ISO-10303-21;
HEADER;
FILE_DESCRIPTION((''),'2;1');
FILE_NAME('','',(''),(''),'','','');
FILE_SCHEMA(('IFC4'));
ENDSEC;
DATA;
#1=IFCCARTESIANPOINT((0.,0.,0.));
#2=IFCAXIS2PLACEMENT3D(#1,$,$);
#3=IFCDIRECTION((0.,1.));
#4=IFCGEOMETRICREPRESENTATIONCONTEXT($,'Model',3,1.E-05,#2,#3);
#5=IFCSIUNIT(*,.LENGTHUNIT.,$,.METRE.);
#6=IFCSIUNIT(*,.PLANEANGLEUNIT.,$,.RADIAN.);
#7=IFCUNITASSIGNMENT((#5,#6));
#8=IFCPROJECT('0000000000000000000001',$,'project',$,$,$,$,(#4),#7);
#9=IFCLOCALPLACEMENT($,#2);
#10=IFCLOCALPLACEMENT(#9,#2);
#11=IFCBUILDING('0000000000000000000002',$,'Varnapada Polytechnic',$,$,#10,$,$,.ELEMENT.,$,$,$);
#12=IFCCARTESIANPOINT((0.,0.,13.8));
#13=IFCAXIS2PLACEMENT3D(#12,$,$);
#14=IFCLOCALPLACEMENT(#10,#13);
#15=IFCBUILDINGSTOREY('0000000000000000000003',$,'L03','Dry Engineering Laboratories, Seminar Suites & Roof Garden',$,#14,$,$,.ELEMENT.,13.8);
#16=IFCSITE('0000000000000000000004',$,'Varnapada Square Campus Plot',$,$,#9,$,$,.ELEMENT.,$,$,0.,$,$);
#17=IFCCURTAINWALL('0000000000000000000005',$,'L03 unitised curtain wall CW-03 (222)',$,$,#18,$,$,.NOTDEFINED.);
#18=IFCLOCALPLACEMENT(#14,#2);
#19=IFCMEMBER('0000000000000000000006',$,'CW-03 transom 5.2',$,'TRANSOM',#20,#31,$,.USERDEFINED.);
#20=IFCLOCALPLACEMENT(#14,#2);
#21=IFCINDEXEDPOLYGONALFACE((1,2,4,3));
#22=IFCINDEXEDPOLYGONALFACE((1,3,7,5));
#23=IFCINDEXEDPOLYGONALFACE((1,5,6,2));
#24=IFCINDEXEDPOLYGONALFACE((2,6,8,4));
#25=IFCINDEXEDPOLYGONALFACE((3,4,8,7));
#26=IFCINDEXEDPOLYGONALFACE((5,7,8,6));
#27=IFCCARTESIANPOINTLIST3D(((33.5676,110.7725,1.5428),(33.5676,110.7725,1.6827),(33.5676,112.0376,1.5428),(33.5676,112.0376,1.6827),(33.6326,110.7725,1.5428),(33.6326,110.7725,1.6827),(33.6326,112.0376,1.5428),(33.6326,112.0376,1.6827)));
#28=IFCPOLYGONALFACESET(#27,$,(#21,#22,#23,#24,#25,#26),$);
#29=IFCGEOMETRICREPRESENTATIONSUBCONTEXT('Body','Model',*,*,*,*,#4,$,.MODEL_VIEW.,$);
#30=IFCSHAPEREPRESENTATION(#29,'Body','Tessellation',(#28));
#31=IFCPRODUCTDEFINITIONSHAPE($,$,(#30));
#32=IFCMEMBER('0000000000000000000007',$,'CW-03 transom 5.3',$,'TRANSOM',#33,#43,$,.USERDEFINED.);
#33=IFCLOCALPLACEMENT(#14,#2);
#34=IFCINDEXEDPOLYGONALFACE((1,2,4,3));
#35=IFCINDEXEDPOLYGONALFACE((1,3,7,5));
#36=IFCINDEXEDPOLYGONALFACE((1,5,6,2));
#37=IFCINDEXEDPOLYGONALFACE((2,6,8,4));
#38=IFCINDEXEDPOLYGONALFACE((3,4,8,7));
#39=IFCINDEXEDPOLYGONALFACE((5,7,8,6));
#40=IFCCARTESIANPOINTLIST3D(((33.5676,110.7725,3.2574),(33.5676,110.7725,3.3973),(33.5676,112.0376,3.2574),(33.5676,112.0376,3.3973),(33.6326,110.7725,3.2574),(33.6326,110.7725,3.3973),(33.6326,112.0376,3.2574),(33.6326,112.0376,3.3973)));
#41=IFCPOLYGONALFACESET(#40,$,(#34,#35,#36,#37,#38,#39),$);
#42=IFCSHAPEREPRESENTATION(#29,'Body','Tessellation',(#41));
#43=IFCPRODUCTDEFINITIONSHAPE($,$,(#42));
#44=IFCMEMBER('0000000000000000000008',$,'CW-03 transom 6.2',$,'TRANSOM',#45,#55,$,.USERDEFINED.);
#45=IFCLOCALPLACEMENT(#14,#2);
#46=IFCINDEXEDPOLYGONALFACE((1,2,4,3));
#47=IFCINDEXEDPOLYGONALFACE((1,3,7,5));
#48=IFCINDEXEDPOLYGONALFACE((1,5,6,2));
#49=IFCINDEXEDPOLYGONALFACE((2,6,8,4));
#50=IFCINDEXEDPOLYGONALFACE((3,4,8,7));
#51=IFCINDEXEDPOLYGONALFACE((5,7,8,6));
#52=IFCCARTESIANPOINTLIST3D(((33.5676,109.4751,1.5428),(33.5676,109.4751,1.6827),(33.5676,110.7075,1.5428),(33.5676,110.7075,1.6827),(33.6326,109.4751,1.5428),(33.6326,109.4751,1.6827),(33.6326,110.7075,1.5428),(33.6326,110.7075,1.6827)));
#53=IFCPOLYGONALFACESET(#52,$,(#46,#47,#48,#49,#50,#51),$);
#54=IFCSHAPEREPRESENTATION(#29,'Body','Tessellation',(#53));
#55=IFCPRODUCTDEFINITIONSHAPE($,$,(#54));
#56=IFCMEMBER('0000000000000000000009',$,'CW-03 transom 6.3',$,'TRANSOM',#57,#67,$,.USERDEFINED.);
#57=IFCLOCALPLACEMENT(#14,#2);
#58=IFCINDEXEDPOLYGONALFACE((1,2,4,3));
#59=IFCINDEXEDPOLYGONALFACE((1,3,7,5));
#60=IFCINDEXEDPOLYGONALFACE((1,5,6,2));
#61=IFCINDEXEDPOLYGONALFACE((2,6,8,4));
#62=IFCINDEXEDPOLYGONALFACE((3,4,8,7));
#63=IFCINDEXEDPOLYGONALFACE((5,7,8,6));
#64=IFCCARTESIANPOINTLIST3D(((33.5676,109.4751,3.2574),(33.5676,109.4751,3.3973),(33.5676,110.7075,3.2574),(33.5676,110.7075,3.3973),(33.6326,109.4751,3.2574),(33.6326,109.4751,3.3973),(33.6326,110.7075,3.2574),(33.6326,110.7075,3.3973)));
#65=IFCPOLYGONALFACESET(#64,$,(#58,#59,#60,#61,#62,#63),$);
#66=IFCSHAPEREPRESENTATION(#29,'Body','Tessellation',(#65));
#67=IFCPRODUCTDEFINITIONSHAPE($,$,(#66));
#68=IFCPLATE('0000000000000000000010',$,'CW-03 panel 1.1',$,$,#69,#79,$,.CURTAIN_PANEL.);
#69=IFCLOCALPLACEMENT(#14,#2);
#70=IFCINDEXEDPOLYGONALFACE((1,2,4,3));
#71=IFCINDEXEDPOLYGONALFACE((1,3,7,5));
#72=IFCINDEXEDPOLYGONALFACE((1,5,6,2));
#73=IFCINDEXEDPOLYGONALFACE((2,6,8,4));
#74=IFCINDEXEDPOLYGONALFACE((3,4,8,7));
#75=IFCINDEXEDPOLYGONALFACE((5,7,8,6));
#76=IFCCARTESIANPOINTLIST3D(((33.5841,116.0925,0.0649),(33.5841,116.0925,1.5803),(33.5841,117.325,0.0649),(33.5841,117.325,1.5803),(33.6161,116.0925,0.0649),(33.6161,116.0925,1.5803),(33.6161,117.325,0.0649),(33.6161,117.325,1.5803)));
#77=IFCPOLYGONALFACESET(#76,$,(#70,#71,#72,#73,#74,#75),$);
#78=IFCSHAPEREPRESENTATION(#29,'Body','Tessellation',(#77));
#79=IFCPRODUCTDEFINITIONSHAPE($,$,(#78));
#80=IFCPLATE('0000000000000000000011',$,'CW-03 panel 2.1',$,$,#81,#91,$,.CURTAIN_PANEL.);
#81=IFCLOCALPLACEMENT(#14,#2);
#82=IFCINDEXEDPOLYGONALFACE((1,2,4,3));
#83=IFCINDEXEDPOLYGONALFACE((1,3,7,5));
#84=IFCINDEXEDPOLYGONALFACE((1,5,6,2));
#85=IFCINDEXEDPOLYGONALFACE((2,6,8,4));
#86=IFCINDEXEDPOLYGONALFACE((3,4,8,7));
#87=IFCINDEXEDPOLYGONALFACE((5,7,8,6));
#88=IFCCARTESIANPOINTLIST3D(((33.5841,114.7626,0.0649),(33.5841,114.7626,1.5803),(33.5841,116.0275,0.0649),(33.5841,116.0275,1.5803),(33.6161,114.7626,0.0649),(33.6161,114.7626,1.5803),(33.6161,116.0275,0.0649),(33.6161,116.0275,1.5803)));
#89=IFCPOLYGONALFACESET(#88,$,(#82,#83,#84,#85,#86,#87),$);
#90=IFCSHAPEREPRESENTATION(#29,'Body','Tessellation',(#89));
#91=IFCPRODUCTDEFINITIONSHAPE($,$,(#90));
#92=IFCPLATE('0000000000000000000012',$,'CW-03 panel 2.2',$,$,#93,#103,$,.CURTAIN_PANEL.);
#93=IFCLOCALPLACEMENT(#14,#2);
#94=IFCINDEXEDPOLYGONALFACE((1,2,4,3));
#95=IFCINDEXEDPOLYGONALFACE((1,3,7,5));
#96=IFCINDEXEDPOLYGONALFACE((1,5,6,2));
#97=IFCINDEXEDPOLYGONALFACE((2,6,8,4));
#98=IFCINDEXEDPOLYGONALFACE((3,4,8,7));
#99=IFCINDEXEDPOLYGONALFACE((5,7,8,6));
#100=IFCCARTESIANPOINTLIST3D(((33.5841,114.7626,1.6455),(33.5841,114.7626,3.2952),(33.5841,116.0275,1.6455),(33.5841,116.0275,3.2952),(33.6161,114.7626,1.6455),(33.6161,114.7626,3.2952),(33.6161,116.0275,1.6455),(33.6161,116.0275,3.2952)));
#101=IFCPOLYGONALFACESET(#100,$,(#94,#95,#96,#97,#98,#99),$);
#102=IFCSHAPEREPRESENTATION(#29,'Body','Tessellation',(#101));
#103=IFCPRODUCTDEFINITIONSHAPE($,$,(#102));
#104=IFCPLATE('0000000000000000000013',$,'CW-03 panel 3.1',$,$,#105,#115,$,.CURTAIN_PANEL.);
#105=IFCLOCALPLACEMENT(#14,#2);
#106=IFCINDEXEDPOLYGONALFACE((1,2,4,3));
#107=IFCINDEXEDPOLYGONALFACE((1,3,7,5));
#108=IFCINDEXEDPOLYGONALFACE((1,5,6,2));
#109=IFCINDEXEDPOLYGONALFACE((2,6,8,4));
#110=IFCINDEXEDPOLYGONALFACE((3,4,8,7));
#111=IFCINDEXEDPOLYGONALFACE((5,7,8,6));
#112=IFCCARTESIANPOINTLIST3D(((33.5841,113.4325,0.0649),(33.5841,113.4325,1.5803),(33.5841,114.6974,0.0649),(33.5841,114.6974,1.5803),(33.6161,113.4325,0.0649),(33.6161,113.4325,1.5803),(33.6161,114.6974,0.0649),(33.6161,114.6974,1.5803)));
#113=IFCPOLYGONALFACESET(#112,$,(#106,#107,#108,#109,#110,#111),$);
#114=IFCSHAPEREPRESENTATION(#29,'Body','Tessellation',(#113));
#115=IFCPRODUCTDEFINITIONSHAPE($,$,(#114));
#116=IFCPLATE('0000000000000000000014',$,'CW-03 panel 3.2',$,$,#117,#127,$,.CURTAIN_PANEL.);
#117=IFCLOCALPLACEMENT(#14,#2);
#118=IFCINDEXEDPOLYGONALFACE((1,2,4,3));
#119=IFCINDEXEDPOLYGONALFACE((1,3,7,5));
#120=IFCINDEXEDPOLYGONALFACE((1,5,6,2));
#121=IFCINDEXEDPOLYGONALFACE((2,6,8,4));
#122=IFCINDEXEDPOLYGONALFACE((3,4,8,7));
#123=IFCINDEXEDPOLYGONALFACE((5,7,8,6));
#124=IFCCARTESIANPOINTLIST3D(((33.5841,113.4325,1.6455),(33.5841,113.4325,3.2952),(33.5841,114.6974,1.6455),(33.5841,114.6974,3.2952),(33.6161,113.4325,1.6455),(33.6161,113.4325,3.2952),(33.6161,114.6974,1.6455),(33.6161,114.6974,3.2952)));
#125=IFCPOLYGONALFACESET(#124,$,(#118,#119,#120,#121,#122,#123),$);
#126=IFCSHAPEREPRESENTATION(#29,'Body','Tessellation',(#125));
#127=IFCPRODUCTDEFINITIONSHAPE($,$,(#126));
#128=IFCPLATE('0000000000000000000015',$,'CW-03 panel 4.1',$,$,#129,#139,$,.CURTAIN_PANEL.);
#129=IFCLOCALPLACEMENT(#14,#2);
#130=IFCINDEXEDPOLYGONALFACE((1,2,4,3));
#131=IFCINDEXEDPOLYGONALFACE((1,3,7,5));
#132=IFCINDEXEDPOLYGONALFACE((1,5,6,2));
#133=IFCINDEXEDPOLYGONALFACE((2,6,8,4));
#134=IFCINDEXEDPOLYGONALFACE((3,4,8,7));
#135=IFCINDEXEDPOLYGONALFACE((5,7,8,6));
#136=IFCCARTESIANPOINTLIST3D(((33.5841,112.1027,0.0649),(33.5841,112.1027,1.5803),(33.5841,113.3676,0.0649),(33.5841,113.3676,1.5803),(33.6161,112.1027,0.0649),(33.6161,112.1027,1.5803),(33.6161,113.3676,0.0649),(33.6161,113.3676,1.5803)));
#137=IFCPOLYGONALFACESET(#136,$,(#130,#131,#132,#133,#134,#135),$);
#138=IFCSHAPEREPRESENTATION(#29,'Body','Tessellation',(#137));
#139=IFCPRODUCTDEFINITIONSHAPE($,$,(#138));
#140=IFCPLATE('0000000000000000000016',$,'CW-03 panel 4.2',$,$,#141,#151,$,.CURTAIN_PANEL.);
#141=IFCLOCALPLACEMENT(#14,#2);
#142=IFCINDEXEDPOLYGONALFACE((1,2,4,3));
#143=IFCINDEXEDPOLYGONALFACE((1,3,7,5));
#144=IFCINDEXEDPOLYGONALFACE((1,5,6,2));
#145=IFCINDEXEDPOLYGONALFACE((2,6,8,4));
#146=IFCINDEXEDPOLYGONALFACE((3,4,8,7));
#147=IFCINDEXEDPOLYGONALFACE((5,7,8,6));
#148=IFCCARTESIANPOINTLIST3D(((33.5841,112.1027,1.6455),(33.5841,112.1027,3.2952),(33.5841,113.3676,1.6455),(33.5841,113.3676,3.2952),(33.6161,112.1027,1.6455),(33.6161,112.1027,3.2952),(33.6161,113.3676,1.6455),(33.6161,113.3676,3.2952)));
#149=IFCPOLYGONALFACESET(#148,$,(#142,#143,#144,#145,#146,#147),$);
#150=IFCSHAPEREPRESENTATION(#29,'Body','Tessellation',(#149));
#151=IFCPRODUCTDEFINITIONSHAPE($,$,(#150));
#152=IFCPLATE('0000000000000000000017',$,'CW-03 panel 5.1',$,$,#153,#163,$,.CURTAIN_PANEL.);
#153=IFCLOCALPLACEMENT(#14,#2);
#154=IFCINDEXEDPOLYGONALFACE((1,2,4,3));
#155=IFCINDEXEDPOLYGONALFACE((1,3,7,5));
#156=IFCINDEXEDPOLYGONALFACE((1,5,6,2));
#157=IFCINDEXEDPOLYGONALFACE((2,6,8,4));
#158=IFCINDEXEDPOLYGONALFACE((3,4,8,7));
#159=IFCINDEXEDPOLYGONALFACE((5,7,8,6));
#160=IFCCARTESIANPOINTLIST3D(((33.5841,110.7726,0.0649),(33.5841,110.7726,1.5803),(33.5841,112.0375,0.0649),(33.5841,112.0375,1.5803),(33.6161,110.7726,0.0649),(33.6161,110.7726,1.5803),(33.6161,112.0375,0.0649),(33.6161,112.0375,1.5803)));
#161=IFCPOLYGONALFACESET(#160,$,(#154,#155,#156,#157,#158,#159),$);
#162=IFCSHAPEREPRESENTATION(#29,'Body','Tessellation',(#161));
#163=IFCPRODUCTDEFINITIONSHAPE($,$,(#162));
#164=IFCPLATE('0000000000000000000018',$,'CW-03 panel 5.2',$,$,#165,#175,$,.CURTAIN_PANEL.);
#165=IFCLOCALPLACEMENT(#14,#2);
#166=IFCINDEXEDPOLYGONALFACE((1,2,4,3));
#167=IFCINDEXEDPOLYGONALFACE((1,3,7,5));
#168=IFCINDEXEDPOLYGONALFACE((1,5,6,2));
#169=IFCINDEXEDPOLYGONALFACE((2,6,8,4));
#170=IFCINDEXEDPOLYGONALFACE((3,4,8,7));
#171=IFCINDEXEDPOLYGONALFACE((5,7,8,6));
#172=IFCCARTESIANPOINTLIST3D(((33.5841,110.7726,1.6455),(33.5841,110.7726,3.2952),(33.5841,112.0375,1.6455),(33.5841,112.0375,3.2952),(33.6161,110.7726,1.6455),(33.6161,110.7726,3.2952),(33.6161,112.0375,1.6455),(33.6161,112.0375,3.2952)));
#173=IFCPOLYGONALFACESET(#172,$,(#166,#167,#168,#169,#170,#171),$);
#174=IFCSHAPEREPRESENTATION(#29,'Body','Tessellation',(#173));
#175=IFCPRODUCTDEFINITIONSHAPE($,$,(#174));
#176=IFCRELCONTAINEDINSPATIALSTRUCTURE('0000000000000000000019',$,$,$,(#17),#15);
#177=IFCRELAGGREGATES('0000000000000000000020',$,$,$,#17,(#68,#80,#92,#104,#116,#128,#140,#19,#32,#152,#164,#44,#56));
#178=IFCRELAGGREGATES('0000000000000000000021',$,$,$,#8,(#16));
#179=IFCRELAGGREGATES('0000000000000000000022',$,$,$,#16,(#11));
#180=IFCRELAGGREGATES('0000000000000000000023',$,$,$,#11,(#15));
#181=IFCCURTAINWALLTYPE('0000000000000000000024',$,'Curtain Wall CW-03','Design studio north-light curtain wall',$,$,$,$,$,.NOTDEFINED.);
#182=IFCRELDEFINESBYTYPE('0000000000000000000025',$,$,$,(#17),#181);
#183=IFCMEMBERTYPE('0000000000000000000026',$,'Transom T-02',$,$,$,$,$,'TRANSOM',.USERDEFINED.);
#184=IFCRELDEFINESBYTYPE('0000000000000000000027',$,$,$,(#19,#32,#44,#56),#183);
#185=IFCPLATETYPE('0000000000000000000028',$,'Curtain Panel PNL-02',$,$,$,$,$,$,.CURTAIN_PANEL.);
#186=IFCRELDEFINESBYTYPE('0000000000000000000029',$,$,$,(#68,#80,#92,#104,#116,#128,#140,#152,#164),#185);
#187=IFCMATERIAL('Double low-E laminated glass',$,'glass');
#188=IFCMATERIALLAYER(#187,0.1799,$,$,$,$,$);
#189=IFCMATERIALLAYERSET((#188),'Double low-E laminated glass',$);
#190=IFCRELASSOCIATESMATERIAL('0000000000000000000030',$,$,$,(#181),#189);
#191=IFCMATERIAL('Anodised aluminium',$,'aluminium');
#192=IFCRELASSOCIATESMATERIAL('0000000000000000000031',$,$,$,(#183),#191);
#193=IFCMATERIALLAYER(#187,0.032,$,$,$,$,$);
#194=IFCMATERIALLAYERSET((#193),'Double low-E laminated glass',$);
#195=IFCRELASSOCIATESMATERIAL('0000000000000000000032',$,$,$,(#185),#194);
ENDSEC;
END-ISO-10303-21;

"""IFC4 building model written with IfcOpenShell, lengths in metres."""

from ifc_helpers import new_model, si_unit, direction, frame, origin, origin_2d, place, context, subcontext, project, spatial, rectangle, extrude, material, layer, layer_set, material_profile, profile_set, type_object, element, aggregate, save


model = new_model("IFC4")

# Units and contexts
model_context = context("Model", 3, precision=1e-05, world=origin(), true_north=direction((0.0, 1.0)))
body_context = subcontext(model_context, "Body", "Model", "MODEL_VIEW")
ifc_project = project(units=[si_unit("LENGTHUNIT", "METRE"), si_unit("PLANEANGLEUNIT", "RADIAN")], contexts=[model_context])

# Site, building, storey
site_placement = place(None, origin())
site = spatial("IfcSite", under=ifc_project, at=site_placement, Name="Varnapada Square Campus Plot", CompositionType="ELEMENT", RefElevation=0.0)
building_placement = place(site_placement, origin())
building = spatial("IfcBuilding", under=site, at=building_placement, Name="Varnapada Polytechnic", CompositionType="ELEMENT")
storey_placement = place(building_placement, frame((0.0, 0.0, 13.8)))
storey = spatial("IfcBuildingStorey", under=building, at=storey_placement, Name="L03", Description="Dry Engineering Laboratories, Seminar Suites & Roof Garden", CompositionType="ELEMENT", Elevation=13.8)

# Curtain wall, members, plates
ifc_material_1 = material(Name="Double low-E laminated glass", Category="glass")
ifc_layer_1 = layer(ifc_material_1, 0.1799)
ifc_layer_set_1 = layer_set([ifc_layer_1], Name="Double low-E laminated glass")
curtain_wall_type = type_object("IfcCurtainWallType", Name="Curtain Wall CW-03", Description="Design studio north-light curtain wall", PredefinedType="NOTDEFINED", material=ifc_layer_set_1)
curtain_wall_placement = place(storey_placement, origin())
curtain_wall = element("IfcCurtainWall", 1, at=curtain_wall_placement, inside=storey, type_object=curtain_wall_type, Name="L03 unitised curtain wall CW-03 (222)", PredefinedType="NOTDEFINED")
ifc_material_2 = material(Name="Anodised aluminium", Category="aluminium")
ifc_material_profile_1 = material_profile(ifc_material_2, rectangle(XDim=0.0649, YDim=0.1399, at=origin_2d()), Name="ALU T65x140")
ifc_profile_set_1 = profile_set([ifc_material_profile_1], Name="Anodised aluminium")
member_type_1 = type_object("IfcMemberType", Name="Transom T-02", ElementType="TRANSOM", PredefinedType="USERDEFINED", material=ifc_profile_set_1)
member_1_placement = place(storey_placement, frame((33.6001, 112.0376, 1.6128), z_axis=(0.0, -1.0, 0.0), x_axis=(1.0, 0.0, 0.0)))
member_1 = element("IfcMember", 2, at=member_1_placement, type_object=member_type_1, Name="CW-03 transom 5.2", ObjectType="TRANSOM", PredefinedType="USERDEFINED", context=body_context, shape_type="SweptSolid", body=[
    extrude(rectangle(XDim=0.0649, YDim=0.1399, at=origin_2d()), origin(), (0.0, 0.0, 1.0), 1.2651),
])
member_2_placement = place(storey_placement, frame((33.6001, 112.0376, 3.3274), z_axis=(0.0, -1.0, 0.0), x_axis=(1.0, 0.0, 0.0)))
member_2 = element("IfcMember", 3, at=member_2_placement, type_object=member_type_1, Name="CW-03 transom 5.3", ObjectType="TRANSOM", PredefinedType="USERDEFINED", context=body_context, shape_type="SweptSolid", body=[
    extrude(rectangle(XDim=0.0649, YDim=0.1399, at=origin_2d()), origin(), (0.0, 0.0, 1.0), 1.2651),
])
member_3_placement = place(storey_placement, frame((33.6001, 110.7075, 1.6128), z_axis=(0.0, -1.0, 0.0), x_axis=(1.0, 0.0, 0.0)))
member_3 = element("IfcMember", 4, at=member_3_placement, type_object=member_type_1, Name="CW-03 transom 6.2", ObjectType="TRANSOM", PredefinedType="USERDEFINED", context=body_context, shape_type="SweptSolid", body=[
    extrude(rectangle(XDim=0.0649, YDim=0.1399, at=origin_2d()), origin(), (0.0, 0.0, 1.0), 1.2324),
])
member_4_placement = place(storey_placement, frame((33.6001, 110.7075, 3.3274), z_axis=(0.0, -1.0, 0.0), x_axis=(1.0, 0.0, 0.0)))
member_4 = element("IfcMember", 5, at=member_4_placement, type_object=member_type_1, Name="CW-03 transom 6.3", ObjectType="TRANSOM", PredefinedType="USERDEFINED", context=body_context, shape_type="SweptSolid", body=[
    extrude(rectangle(XDim=0.0649, YDim=0.1399, at=origin_2d()), origin(), (0.0, 0.0, 1.0), 1.2324),
])
ifc_layer_2 = layer(ifc_material_1, 0.032)
ifc_layer_set_2 = layer_set([ifc_layer_2], Name="Double low-E laminated glass")
plate_type = type_object("IfcPlateType", Name="Curtain Panel PNL-02", PredefinedType="CURTAIN_PANEL", material=ifc_layer_set_2)
plate_1_placement = place(storey_placement, frame((33.6001, 116.7087, 0.0649), z_axis=(0.0, 0.0, 1.0), x_axis=(0.0, -1.0, 0.0)))
plate_1 = element("IfcPlate", 6, at=plate_1_placement, type_object=plate_type, Name="CW-03 panel 1.1", PredefinedType="CURTAIN_PANEL", context=body_context, shape_type="SweptSolid", body=[
    extrude(rectangle(XDim=1.2324, YDim=0.032, at=origin_2d()), origin(), (0.0, 0.0, 1.0), 1.5154),
])
plate_2_placement = place(storey_placement, frame((33.6001, 115.395, 0.0649), z_axis=(0.0, 0.0, 1.0), x_axis=(0.0, -1.0, 0.0)))
plate_2 = element("IfcPlate", 7, at=plate_2_placement, type_object=plate_type, Name="CW-03 panel 2.1", PredefinedType="CURTAIN_PANEL", context=body_context, shape_type="SweptSolid", body=[
    extrude(rectangle(XDim=1.2649, YDim=0.032, at=origin_2d()), origin(), (0.0, 0.0, 1.0), 1.5154),
])
plate_3_placement = place(storey_placement, frame((33.6001, 115.395, 1.6455), z_axis=(0.0, 0.0, 1.0), x_axis=(0.0, -1.0, 0.0)))
plate_3 = element("IfcPlate", 8, at=plate_3_placement, type_object=plate_type, Name="CW-03 panel 2.2", PredefinedType="CURTAIN_PANEL", context=body_context, shape_type="SweptSolid", body=[
    extrude(rectangle(XDim=1.2649, YDim=0.032, at=origin_2d()), origin(), (0.0, 0.0, 1.0), 1.6497),
])
plate_4_placement = place(storey_placement, frame((33.6001, 114.0649, 0.0649), z_axis=(0.0, 0.0, 1.0), x_axis=(0.0, -1.0, 0.0)))
plate_4 = element("IfcPlate", 9, at=plate_4_placement, type_object=plate_type, Name="CW-03 panel 3.1", PredefinedType="CURTAIN_PANEL", context=body_context, shape_type="SweptSolid", body=[
    extrude(rectangle(XDim=1.2649, YDim=0.032, at=origin_2d()), origin(), (0.0, 0.0, 1.0), 1.5154),
])
plate_5_placement = place(storey_placement, frame((33.6001, 114.0649, 1.6455), z_axis=(0.0, 0.0, 1.0), x_axis=(0.0, -1.0, 0.0)))
plate_5 = element("IfcPlate", 10, at=plate_5_placement, type_object=plate_type, Name="CW-03 panel 3.2", PredefinedType="CURTAIN_PANEL", context=body_context, shape_type="SweptSolid", body=[
    extrude(rectangle(XDim=1.2649, YDim=0.032, at=origin_2d()), origin(), (0.0, 0.0, 1.0), 1.6497),
])
plate_6_placement = place(storey_placement, frame((33.6001, 112.7351, 0.0649), z_axis=(0.0, 0.0, 1.0), x_axis=(0.0, -1.0, 0.0)))
plate_6 = element("IfcPlate", 11, at=plate_6_placement, type_object=plate_type, Name="CW-03 panel 4.1", PredefinedType="CURTAIN_PANEL", context=body_context, shape_type="SweptSolid", body=[
    extrude(rectangle(XDim=1.2649, YDim=0.032, at=origin_2d()), origin(), (0.0, 0.0, 1.0), 1.5154),
])
plate_7_placement = place(storey_placement, frame((33.6001, 112.7351, 1.6455), z_axis=(0.0, 0.0, 1.0), x_axis=(0.0, -1.0, 0.0)))
plate_7 = element("IfcPlate", 12, at=plate_7_placement, type_object=plate_type, Name="CW-03 panel 4.2", PredefinedType="CURTAIN_PANEL", context=body_context, shape_type="SweptSolid", body=[
    extrude(rectangle(XDim=1.2649, YDim=0.032, at=origin_2d()), origin(), (0.0, 0.0, 1.0), 1.6497),
])
plate_8_placement = place(storey_placement, frame((33.6001, 111.405, 0.0649), z_axis=(0.0, 0.0, 1.0), x_axis=(0.0, -1.0, 0.0)))
plate_8 = element("IfcPlate", 13, at=plate_8_placement, type_object=plate_type, Name="CW-03 panel 5.1", PredefinedType="CURTAIN_PANEL", context=body_context, shape_type="SweptSolid", body=[
    extrude(rectangle(XDim=1.2649, YDim=0.032, at=origin_2d()), origin(), (0.0, 0.0, 1.0), 1.5154),
])
plate_9_placement = place(storey_placement, frame((33.6001, 111.405, 1.6455), z_axis=(0.0, 0.0, 1.0), x_axis=(0.0, -1.0, 0.0)))
plate_9 = element("IfcPlate", 14, at=plate_9_placement, type_object=plate_type, Name="CW-03 panel 5.2", PredefinedType="CURTAIN_PANEL", context=body_context, shape_type="SweptSolid", body=[
    extrude(rectangle(XDim=1.2649, YDim=0.032, at=origin_2d()), origin(), (0.0, 0.0, 1.0), 1.6497),
])
aggregate(curtain_wall, [plate_1, plate_2, plate_3, plate_4, plate_5, plate_6, plate_7, member_1, member_2, plate_8, plate_9, member_3, member_4])

save(model, "model.ifc")
